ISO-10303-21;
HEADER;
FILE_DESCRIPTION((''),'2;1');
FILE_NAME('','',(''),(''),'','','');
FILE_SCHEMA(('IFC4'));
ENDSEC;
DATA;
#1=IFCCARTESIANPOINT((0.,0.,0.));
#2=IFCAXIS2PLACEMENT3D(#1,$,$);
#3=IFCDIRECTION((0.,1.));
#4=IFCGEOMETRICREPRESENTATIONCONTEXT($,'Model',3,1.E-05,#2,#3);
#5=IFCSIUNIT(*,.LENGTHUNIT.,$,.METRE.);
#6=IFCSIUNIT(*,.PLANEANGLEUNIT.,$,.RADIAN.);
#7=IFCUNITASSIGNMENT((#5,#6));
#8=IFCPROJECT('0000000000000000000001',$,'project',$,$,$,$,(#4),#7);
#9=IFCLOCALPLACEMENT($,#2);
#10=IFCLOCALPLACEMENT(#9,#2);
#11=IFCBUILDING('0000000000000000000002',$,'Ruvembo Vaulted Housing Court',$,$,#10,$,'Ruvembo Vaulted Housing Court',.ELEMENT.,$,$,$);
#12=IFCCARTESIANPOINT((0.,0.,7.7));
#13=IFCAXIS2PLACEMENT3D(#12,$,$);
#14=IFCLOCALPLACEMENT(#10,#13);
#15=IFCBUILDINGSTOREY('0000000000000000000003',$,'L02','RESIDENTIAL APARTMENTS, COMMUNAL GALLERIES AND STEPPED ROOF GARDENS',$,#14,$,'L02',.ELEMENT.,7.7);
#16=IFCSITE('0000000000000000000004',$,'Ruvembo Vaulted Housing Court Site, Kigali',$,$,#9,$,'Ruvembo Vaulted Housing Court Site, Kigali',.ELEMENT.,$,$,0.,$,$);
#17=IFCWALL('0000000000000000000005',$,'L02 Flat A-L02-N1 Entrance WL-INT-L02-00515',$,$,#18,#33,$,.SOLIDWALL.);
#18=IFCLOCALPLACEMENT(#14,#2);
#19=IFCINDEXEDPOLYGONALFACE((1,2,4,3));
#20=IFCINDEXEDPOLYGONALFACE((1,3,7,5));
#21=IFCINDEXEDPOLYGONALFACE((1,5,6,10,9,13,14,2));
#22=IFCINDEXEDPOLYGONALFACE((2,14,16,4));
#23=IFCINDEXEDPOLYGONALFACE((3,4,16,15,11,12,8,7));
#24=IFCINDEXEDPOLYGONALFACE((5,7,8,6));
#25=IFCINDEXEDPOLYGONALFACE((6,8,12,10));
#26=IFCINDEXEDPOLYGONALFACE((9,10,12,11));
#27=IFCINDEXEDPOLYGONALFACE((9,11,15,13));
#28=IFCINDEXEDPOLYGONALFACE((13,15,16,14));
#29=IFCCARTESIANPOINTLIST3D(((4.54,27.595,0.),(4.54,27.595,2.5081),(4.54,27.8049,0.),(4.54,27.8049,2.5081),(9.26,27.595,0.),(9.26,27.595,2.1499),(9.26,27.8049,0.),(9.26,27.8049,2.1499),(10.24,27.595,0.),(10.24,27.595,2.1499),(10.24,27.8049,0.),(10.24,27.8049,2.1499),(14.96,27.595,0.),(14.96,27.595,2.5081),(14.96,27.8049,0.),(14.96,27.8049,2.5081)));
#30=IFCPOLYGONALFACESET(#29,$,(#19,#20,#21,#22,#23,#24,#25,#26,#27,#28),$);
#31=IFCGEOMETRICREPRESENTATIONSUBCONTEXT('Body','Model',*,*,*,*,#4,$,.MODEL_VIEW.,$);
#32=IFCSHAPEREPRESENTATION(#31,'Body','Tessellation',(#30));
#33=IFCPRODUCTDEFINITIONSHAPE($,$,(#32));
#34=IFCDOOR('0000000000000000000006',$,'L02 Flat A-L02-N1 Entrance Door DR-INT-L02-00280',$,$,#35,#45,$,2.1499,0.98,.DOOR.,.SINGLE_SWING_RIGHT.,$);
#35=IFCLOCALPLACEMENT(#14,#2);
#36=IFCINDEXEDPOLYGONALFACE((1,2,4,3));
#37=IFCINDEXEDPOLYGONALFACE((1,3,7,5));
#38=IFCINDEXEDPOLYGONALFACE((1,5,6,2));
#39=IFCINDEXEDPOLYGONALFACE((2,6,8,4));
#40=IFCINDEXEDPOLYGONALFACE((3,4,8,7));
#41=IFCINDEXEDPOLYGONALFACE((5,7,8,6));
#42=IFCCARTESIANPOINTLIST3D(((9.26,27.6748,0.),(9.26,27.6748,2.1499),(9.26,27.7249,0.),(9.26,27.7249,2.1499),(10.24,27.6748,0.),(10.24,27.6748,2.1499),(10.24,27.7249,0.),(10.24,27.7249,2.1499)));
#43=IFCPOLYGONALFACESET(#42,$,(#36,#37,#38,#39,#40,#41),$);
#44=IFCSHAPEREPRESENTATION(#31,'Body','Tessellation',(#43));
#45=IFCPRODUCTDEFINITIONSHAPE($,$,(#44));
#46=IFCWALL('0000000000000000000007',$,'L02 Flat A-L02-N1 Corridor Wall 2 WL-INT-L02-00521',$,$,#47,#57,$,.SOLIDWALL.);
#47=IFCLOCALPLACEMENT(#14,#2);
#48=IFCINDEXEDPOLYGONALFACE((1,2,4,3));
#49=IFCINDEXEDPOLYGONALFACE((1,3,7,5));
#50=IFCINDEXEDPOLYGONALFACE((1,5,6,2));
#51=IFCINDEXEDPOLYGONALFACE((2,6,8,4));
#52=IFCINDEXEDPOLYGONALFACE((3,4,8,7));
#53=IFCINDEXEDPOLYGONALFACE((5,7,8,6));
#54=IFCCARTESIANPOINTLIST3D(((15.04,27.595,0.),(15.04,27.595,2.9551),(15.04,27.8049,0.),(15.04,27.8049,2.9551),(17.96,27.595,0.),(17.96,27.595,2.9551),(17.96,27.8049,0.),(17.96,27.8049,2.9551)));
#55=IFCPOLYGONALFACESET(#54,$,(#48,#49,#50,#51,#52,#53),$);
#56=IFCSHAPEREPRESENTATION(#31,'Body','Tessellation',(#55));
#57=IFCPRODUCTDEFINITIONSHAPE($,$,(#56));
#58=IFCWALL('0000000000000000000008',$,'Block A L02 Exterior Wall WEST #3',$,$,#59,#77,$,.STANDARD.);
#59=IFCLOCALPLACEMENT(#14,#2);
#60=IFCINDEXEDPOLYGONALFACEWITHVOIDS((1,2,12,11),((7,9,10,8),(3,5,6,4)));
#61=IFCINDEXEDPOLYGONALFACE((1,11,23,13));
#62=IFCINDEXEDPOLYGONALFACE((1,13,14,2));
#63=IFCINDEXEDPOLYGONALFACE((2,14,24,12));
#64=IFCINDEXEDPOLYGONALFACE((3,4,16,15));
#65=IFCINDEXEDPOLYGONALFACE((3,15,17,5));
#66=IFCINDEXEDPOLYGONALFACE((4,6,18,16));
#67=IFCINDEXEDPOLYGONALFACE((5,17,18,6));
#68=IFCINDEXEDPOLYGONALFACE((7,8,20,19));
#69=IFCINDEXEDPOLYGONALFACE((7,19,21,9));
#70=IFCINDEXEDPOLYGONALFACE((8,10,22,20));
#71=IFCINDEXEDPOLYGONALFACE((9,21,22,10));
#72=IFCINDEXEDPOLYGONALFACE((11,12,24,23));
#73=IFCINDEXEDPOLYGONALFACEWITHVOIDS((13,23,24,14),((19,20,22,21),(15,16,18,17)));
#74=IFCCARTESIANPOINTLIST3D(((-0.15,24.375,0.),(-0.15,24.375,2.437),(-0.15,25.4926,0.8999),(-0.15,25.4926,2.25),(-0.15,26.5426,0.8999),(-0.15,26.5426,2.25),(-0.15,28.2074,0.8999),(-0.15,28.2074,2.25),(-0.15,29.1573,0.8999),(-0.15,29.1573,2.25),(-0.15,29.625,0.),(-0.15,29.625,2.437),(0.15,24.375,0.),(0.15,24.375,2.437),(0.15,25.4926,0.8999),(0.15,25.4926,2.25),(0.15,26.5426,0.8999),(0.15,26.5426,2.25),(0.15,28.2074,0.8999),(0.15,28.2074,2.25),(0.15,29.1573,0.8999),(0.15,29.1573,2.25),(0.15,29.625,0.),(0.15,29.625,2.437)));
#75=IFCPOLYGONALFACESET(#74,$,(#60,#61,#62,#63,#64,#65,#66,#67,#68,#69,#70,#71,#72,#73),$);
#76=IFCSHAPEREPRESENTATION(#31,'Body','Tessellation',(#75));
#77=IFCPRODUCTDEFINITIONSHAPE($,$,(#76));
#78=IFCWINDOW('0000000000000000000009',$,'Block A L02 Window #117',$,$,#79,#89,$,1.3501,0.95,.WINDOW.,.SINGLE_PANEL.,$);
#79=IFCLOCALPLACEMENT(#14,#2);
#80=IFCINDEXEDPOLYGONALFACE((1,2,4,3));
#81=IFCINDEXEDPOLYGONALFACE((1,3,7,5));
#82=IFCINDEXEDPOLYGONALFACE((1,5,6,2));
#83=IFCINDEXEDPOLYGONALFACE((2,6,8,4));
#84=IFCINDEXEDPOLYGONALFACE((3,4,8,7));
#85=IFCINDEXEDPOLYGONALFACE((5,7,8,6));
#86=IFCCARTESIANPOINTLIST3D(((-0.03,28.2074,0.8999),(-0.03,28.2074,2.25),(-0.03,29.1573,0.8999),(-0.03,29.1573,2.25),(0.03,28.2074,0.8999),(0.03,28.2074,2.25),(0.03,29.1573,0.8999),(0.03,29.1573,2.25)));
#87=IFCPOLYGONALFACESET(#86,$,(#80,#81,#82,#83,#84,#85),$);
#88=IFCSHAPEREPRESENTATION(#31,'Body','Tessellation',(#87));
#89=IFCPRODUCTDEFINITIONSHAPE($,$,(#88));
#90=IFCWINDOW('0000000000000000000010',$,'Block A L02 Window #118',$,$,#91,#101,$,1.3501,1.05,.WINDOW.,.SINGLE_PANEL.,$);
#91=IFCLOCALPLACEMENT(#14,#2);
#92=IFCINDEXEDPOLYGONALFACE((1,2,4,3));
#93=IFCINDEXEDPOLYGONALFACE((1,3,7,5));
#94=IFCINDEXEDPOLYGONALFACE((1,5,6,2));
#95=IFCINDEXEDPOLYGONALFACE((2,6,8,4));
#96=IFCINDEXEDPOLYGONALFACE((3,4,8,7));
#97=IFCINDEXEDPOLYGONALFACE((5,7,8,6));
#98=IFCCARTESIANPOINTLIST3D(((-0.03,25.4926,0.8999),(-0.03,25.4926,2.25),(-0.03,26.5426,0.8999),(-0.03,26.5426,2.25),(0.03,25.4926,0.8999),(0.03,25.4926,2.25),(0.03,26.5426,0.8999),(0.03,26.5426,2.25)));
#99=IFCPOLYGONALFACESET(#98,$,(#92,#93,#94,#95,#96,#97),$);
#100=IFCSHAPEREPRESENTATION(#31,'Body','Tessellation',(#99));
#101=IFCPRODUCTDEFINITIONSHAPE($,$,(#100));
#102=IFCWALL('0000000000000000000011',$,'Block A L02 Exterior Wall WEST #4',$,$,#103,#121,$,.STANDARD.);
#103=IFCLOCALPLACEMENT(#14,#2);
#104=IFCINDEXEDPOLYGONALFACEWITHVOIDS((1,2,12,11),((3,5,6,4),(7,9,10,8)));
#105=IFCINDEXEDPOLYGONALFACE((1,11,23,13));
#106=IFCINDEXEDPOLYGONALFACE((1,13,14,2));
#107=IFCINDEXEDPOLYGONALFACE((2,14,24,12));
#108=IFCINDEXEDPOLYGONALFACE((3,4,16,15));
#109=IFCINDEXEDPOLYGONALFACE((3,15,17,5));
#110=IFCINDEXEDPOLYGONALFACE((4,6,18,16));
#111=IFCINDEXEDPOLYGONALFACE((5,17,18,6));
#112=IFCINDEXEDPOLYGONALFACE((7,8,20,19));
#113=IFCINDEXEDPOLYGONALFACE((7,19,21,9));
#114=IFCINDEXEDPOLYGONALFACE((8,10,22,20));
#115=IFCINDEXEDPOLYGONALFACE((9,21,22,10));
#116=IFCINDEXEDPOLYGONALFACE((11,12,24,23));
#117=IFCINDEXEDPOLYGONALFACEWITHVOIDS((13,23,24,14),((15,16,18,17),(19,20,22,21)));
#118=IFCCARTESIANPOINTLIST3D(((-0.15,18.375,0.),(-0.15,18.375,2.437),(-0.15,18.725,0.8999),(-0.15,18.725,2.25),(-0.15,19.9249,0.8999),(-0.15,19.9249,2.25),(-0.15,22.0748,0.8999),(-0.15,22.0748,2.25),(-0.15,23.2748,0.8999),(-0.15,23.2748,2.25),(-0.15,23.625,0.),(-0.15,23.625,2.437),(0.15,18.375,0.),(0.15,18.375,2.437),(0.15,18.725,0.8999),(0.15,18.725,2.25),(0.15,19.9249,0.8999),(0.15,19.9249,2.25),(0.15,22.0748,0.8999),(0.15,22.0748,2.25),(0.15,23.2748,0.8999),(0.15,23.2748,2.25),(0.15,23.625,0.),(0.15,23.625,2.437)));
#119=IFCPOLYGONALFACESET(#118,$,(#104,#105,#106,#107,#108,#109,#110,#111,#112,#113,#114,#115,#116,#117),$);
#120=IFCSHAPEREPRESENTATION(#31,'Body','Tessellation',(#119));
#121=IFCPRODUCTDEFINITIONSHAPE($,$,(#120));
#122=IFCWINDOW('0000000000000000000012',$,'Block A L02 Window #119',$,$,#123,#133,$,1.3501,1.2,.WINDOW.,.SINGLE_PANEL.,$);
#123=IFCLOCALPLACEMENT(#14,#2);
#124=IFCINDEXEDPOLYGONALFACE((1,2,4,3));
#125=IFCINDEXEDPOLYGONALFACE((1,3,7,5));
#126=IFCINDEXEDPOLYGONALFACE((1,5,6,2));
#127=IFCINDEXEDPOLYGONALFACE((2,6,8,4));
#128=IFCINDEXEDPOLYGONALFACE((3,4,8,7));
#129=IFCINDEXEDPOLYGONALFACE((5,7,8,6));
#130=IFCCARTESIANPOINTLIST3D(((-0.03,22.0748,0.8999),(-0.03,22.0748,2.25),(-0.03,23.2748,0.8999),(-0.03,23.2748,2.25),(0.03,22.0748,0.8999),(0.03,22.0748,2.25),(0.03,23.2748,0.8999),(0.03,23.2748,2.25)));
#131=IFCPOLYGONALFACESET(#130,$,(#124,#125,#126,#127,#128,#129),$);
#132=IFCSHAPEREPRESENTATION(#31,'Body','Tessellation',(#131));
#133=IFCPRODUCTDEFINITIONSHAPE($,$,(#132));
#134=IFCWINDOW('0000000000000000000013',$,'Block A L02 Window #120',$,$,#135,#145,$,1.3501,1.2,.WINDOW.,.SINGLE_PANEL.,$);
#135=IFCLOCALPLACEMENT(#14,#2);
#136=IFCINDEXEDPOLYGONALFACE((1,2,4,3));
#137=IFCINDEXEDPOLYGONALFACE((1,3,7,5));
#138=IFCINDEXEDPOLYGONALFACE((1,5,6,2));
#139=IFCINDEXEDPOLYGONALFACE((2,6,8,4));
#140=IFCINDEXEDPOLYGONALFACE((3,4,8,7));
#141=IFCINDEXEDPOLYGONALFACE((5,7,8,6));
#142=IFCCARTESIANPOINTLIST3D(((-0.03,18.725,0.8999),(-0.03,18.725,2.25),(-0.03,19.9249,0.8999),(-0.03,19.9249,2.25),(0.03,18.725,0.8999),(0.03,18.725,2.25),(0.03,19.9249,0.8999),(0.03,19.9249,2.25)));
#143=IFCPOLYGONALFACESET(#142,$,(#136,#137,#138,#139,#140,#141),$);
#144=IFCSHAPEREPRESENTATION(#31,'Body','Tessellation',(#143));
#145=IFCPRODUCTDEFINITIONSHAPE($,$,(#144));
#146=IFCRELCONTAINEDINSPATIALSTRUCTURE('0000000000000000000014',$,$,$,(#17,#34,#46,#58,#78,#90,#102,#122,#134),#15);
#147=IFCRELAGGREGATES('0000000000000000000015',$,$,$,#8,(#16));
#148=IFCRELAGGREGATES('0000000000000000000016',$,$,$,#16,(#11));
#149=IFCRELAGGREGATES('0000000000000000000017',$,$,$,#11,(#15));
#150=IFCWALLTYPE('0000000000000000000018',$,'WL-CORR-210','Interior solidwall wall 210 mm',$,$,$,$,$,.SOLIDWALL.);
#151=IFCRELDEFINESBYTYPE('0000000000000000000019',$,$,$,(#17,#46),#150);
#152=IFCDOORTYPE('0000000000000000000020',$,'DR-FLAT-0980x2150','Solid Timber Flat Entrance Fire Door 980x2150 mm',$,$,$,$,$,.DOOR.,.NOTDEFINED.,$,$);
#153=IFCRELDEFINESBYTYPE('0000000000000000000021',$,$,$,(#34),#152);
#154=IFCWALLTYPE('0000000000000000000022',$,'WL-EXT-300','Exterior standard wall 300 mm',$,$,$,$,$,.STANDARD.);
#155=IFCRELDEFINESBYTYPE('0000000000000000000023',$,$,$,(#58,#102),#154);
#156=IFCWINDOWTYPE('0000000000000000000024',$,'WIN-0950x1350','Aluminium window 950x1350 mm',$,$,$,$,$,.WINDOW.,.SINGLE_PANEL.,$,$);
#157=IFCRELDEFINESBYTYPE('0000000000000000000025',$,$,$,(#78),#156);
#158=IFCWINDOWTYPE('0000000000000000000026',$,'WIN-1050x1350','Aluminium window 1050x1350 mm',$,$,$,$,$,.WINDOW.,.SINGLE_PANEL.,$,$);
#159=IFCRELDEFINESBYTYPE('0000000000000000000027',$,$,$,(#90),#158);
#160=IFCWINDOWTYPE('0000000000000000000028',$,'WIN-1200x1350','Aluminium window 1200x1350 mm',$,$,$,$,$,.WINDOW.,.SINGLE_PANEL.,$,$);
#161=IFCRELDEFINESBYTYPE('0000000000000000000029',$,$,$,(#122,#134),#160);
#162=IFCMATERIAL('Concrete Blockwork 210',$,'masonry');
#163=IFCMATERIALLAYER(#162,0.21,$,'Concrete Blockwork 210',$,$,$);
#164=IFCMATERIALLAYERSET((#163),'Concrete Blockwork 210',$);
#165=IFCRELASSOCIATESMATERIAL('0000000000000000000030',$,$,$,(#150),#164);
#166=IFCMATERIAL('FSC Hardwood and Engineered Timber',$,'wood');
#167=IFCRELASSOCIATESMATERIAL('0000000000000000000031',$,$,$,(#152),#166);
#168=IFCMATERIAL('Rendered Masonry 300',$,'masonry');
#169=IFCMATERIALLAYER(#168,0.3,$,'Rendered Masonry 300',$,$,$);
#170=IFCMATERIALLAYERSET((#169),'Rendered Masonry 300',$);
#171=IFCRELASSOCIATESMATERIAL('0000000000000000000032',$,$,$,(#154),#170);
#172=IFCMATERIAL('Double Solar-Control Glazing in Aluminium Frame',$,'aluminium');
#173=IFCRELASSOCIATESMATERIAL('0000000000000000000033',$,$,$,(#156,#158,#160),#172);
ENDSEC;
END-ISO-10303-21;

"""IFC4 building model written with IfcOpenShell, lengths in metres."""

from ifc_helpers import new_model, si_unit, direction, frame, frame_2d, origin, place, context, subcontext, project, spatial, rectangle, extrude, material, layer, layer_set, type_object, element, fill, save


model = new_model("IFC4")

# Units and contexts
model_context = context("Model", 3, precision=1e-05, world=origin(), true_north=direction((0.0, 1.0)))
body_context = subcontext(model_context, "Body", "Model", "MODEL_VIEW")
ifc_project = project(units=[si_unit("LENGTHUNIT", "METRE"), si_unit("PLANEANGLEUNIT", "RADIAN")], contexts=[model_context])

# Site, building, storey
site_placement = place(None, origin())
site = spatial("IfcSite", under=ifc_project, at=site_placement, Name="Ruvembo Vaulted Housing Court Site, Kigali", LongName="Ruvembo Vaulted Housing Court Site, Kigali", CompositionType="ELEMENT", RefElevation=0.0)
building_placement = place(site_placement, origin())
building = spatial("IfcBuilding", under=site, at=building_placement, Name="Ruvembo Vaulted Housing Court", LongName="Ruvembo Vaulted Housing Court", CompositionType="ELEMENT")
storey_placement = place(building_placement, frame((0.0, 0.0, 7.7)))
storey = spatial("IfcBuildingStorey", under=building, at=storey_placement, Name="L02", Description="RESIDENTIAL APARTMENTS, COMMUNAL GALLERIES AND STEPPED ROOF GARDENS", LongName="L02", CompositionType="ELEMENT", Elevation=7.7)

# Shared definitions
ifc_material_1 = material(Name="Concrete Blockwork 210", Category="masonry")
ifc_layer_1 = layer(ifc_material_1, 0.21, Name="Concrete Blockwork 210")
ifc_layer_set_1 = layer_set([ifc_layer_1], Name="Concrete Blockwork 210")
wall_type_1 = type_object("IfcWallType", Name="WL-CORR-210", Description="Interior solidwall wall 210 mm", PredefinedType="SOLIDWALL", material=ifc_layer_set_1)

# Wall, opening, door
wall_1_placement = place(storey_placement, frame((4.54, 27.7, 0.0), z_axis=(0.0, 0.0, 1.0), x_axis=(1.0, 0.0, 0.0)))
wall_1 = element("IfcWall", 1, at=wall_1_placement, inside=storey, type_object=wall_type_1, Name="L02 Flat A-L02-N1 Entrance WL-INT-L02-00515", PredefinedType="SOLIDWALL", context=body_context, shape_type="SweptSolid", body=[
    extrude(rectangle(XDim=10.4199, YDim=0.21, at=frame_2d((5.21, 0.0))), origin(), (0.0, 0.0, 1.0), 2.5081),
])
opening_1_placement = place(wall_1_placement, frame((4.72, 0.0, 0.0)))
opening_1 = element("IfcOpeningElement", 2, at=opening_1_placement, cuts=wall_1, PredefinedType="OPENING", context=body_context, shape_type="SweptSolid", body=[
    extrude(rectangle(XDim=0.98, YDim=2.1499, at=frame_2d((0.49, 1.075))), frame((0.0, 0.115, 0.0), z_axis=(0.0, -1.0, 0.0), x_axis=(1.0, 0.0, 0.0)), (0.0, 0.0, 1.0), 0.23),
])
ifc_material_2 = material(Name="FSC Hardwood and Engineered Timber", Category="wood")
door_type_1 = type_object("IfcDoorType", Name="DR-FLAT-0980x2150", Description="Solid Timber Flat Entrance Fire Door 980x2150 mm", OperationType="NOTDEFINED", PredefinedType="DOOR", material=ifc_material_2)
door_1_placement = place(opening_1_placement, origin())
door_1 = element("IfcDoor", 3, at=door_1_placement, inside=storey, type_object=door_type_1, Name="L02 Flat A-L02-N1 Entrance Door DR-INT-L02-00280", OperationType="SINGLE_SWING_RIGHT", OverallHeight=2.1499, OverallWidth=0.98, PredefinedType="DOOR", context=body_context, shape_type="SweptSolid", body=[
    extrude(rectangle(XDim=0.98, YDim=2.1499, at=frame_2d((0.49, 1.075))), frame((0.0, 0.0249, 0.0), z_axis=(0.0, -1.0, 0.0), x_axis=(1.0, 0.0, 0.0)), (0.0, 0.0, 1.0), 0.05),
])
fill(opening_1, door_1)

# Wall
wall_2_placement = place(storey_placement, frame((15.04, 27.7, 0.0), z_axis=(0.0, 0.0, 1.0), x_axis=(1.0, 0.0, 0.0)))
element("IfcWall", 4, at=wall_2_placement, inside=storey, type_object=wall_type_1, Name="L02 Flat A-L02-N1 Corridor Wall 2 WL-INT-L02-00521", PredefinedType="SOLIDWALL", context=body_context, shape_type="SweptSolid", body=[
    extrude(rectangle(XDim=2.9199, YDim=0.21, at=frame_2d((1.46, 0.0))), origin(), (0.0, 0.0, 1.0), 2.9551),
])

# Walls, openings, windows
ifc_material_3 = material(Name="Rendered Masonry 300", Category="masonry")
ifc_layer_2 = layer(ifc_material_3, 0.3, Name="Rendered Masonry 300")
ifc_layer_set_2 = layer_set([ifc_layer_2], Name="Rendered Masonry 300")
wall_type_2 = type_object("IfcWallType", Name="WL-EXT-300", Description="Exterior standard wall 300 mm", PredefinedType="STANDARD", material=ifc_layer_set_2)
wall_3_placement = place(storey_placement, frame((0.0, 29.625, 0.0), z_axis=(0.0, 0.0, 1.0), x_axis=(0.0, -1.0, 0.0)))
wall_3 = element("IfcWall", 5, at=wall_3_placement, inside=storey, type_object=wall_type_2, Name="Block A L02 Exterior Wall WEST #3", PredefinedType="STANDARD", context=body_context, shape_type="SweptSolid", body=[
    extrude(rectangle(XDim=5.25, YDim=0.3, at=frame_2d((2.625, 0.0))), origin(), (0.0, 0.0, 1.0), 2.437),
])
opening_2_placement = place(wall_3_placement, frame((0.4675, 0.0, 0.8999)))
opening_2 = element("IfcOpeningElement", 6, at=opening_2_placement, cuts=wall_3, PredefinedType="OPENING", context=body_context, shape_type="SweptSolid", body=[
    extrude(rectangle(XDim=0.95, YDim=1.3501, at=frame_2d((0.4751, 0.675))), frame((0.0, 0.1599, 0.0), z_axis=(0.0, -1.0, 0.0), x_axis=(1.0, 0.0, 0.0)), (0.0, 0.0, 1.0), 0.3201),
])
opening_3_placement = place(wall_3_placement, frame((3.0825, 0.0, 0.8999)))
opening_3 = element("IfcOpeningElement", 7, at=opening_3_placement, cuts=wall_3, PredefinedType="OPENING", context=body_context, shape_type="SweptSolid", body=[
    extrude(rectangle(XDim=1.05, YDim=1.3501, at=frame_2d((0.5249, 0.675))), frame((0.0, 0.1599, 0.0), z_axis=(0.0, -1.0, 0.0), x_axis=(1.0, 0.0, 0.0)), (0.0, 0.0, 1.0), 0.3201),
])
ifc_material_4 = material(Name="Double Solar-Control Glazing in Aluminium Frame", Category="aluminium")
window_type_1 = type_object("IfcWindowType", Name="WIN-0950x1350", Description="Aluminium window 950x1350 mm", PartitioningType="SINGLE_PANEL", PredefinedType="WINDOW", material=ifc_material_4)
window_1_placement = place(opening_2_placement, origin())
window_1 = element("IfcWindow", 8, at=window_1_placement, inside=storey, type_object=window_type_1, Name="Block A L02 Window #117", OverallHeight=1.3501, OverallWidth=0.95, PartitioningType="SINGLE_PANEL", PredefinedType="WINDOW", context=body_context, shape_type="SweptSolid", body=[
    extrude(rectangle(XDim=0.95, YDim=1.3501, at=frame_2d((0.4751, 0.675))), frame((0.0, 0.03, 0.0), z_axis=(0.0, -1.0, 0.0), x_axis=(1.0, 0.0, 0.0)), (0.0, 0.0, 1.0), 0.0601),
])
fill(opening_2, window_1)
window_type_2 = type_object("IfcWindowType", Name="WIN-1050x1350", Description="Aluminium window 1050x1350 mm", PartitioningType="SINGLE_PANEL", PredefinedType="WINDOW", material=ifc_material_4)
window_2_placement = place(opening_3_placement, origin())
window_2 = element("IfcWindow", 9, at=window_2_placement, inside=storey, type_object=window_type_2, Name="Block A L02 Window #118", OverallHeight=1.3501, OverallWidth=1.05, PartitioningType="SINGLE_PANEL", PredefinedType="WINDOW", context=body_context, shape_type="SweptSolid", body=[
    extrude(rectangle(XDim=1.05, YDim=1.3501, at=frame_2d((0.5249, 0.675))), frame((0.0, 0.03, 0.0), z_axis=(0.0, -1.0, 0.0), x_axis=(1.0, 0.0, 0.0)), (0.0, 0.0, 1.0), 0.0601),
])
fill(opening_3, window_2)
wall_4_placement = place(storey_placement, frame((0.0, 23.625, 0.0), z_axis=(0.0, 0.0, 1.0), x_axis=(0.0, -1.0, 0.0)))
wall_4 = element("IfcWall", 10, at=wall_4_placement, inside=storey, type_object=wall_type_2, Name="Block A L02 Exterior Wall WEST #4", PredefinedType="STANDARD", context=body_context, shape_type="SweptSolid", body=[
    extrude(rectangle(XDim=5.25, YDim=0.3, at=frame_2d((2.625, 0.0))), origin(), (0.0, 0.0, 1.0), 2.437),
])
opening_4_placement = place(wall_4_placement, frame((0.3501, 0.0, 0.8999)))
opening_4 = element("IfcOpeningElement", 11, at=opening_4_placement, cuts=wall_4, PredefinedType="OPENING", context=body_context, shape_type="SweptSolid", body=[
    extrude(rectangle(XDim=1.2, YDim=1.3501, at=frame_2d((0.6001, 0.675))), frame((0.0, 0.1599, 0.0), z_axis=(0.0, -1.0, 0.0), x_axis=(1.0, 0.0, 0.0)), (0.0, 0.0, 1.0), 0.3201),
])
opening_5_placement = place(wall_4_placement, frame((3.7, 0.0, 0.8999)))
opening_5 = element("IfcOpeningElement", 12, at=opening_5_placement, cuts=wall_4, PredefinedType="OPENING", context=body_context, shape_type="SweptSolid", body=[
    extrude(rectangle(XDim=1.2, YDim=1.3501, at=frame_2d((0.6001, 0.675))), frame((0.0, 0.1599, 0.0), z_axis=(0.0, -1.0, 0.0), x_axis=(1.0, 0.0, 0.0)), (0.0, 0.0, 1.0), 0.3201),
])
window_type_3 = type_object("IfcWindowType", Name="WIN-1200x1350", Description="Aluminium window 1200x1350 mm", PartitioningType="SINGLE_PANEL", PredefinedType="WINDOW", material=ifc_material_4)
window_3_placement = place(opening_4_placement, origin())
window_3 = element("IfcWindow", 13, at=window_3_placement, inside=storey, type_object=window_type_3, Name="Block A L02 Window #119", OverallHeight=1.3501, OverallWidth=1.2, PartitioningType="SINGLE_PANEL", PredefinedType="WINDOW", context=body_context, shape_type="SweptSolid", body=[
    extrude(rectangle(XDim=1.2, YDim=1.3501, at=frame_2d((0.6001, 0.675))), frame((0.0, 0.03, 0.0), z_axis=(0.0, -1.0, 0.0), x_axis=(1.0, 0.0, 0.0)), (0.0, 0.0, 1.0), 0.0601),
])
fill(opening_4, window_3)
window_4_placement = place(opening_5_placement, origin())
window_4 = element("IfcWindow", 14, at=window_4_placement, inside=storey, type_object=window_type_3, Name="Block A L02 Window #120", OverallHeight=1.3501, OverallWidth=1.2, PartitioningType="SINGLE_PANEL", PredefinedType="WINDOW", context=body_context, shape_type="SweptSolid", body=[
    extrude(rectangle(XDim=1.2, YDim=1.3501, at=frame_2d((0.6001, 0.675))), frame((0.0, 0.03, 0.0), z_axis=(0.0, -1.0, 0.0), x_axis=(1.0, 0.0, 0.0)), (0.0, 0.0, 1.0), 0.0601),
])
fill(opening_5, window_4)

save(model, "model.ifc")
